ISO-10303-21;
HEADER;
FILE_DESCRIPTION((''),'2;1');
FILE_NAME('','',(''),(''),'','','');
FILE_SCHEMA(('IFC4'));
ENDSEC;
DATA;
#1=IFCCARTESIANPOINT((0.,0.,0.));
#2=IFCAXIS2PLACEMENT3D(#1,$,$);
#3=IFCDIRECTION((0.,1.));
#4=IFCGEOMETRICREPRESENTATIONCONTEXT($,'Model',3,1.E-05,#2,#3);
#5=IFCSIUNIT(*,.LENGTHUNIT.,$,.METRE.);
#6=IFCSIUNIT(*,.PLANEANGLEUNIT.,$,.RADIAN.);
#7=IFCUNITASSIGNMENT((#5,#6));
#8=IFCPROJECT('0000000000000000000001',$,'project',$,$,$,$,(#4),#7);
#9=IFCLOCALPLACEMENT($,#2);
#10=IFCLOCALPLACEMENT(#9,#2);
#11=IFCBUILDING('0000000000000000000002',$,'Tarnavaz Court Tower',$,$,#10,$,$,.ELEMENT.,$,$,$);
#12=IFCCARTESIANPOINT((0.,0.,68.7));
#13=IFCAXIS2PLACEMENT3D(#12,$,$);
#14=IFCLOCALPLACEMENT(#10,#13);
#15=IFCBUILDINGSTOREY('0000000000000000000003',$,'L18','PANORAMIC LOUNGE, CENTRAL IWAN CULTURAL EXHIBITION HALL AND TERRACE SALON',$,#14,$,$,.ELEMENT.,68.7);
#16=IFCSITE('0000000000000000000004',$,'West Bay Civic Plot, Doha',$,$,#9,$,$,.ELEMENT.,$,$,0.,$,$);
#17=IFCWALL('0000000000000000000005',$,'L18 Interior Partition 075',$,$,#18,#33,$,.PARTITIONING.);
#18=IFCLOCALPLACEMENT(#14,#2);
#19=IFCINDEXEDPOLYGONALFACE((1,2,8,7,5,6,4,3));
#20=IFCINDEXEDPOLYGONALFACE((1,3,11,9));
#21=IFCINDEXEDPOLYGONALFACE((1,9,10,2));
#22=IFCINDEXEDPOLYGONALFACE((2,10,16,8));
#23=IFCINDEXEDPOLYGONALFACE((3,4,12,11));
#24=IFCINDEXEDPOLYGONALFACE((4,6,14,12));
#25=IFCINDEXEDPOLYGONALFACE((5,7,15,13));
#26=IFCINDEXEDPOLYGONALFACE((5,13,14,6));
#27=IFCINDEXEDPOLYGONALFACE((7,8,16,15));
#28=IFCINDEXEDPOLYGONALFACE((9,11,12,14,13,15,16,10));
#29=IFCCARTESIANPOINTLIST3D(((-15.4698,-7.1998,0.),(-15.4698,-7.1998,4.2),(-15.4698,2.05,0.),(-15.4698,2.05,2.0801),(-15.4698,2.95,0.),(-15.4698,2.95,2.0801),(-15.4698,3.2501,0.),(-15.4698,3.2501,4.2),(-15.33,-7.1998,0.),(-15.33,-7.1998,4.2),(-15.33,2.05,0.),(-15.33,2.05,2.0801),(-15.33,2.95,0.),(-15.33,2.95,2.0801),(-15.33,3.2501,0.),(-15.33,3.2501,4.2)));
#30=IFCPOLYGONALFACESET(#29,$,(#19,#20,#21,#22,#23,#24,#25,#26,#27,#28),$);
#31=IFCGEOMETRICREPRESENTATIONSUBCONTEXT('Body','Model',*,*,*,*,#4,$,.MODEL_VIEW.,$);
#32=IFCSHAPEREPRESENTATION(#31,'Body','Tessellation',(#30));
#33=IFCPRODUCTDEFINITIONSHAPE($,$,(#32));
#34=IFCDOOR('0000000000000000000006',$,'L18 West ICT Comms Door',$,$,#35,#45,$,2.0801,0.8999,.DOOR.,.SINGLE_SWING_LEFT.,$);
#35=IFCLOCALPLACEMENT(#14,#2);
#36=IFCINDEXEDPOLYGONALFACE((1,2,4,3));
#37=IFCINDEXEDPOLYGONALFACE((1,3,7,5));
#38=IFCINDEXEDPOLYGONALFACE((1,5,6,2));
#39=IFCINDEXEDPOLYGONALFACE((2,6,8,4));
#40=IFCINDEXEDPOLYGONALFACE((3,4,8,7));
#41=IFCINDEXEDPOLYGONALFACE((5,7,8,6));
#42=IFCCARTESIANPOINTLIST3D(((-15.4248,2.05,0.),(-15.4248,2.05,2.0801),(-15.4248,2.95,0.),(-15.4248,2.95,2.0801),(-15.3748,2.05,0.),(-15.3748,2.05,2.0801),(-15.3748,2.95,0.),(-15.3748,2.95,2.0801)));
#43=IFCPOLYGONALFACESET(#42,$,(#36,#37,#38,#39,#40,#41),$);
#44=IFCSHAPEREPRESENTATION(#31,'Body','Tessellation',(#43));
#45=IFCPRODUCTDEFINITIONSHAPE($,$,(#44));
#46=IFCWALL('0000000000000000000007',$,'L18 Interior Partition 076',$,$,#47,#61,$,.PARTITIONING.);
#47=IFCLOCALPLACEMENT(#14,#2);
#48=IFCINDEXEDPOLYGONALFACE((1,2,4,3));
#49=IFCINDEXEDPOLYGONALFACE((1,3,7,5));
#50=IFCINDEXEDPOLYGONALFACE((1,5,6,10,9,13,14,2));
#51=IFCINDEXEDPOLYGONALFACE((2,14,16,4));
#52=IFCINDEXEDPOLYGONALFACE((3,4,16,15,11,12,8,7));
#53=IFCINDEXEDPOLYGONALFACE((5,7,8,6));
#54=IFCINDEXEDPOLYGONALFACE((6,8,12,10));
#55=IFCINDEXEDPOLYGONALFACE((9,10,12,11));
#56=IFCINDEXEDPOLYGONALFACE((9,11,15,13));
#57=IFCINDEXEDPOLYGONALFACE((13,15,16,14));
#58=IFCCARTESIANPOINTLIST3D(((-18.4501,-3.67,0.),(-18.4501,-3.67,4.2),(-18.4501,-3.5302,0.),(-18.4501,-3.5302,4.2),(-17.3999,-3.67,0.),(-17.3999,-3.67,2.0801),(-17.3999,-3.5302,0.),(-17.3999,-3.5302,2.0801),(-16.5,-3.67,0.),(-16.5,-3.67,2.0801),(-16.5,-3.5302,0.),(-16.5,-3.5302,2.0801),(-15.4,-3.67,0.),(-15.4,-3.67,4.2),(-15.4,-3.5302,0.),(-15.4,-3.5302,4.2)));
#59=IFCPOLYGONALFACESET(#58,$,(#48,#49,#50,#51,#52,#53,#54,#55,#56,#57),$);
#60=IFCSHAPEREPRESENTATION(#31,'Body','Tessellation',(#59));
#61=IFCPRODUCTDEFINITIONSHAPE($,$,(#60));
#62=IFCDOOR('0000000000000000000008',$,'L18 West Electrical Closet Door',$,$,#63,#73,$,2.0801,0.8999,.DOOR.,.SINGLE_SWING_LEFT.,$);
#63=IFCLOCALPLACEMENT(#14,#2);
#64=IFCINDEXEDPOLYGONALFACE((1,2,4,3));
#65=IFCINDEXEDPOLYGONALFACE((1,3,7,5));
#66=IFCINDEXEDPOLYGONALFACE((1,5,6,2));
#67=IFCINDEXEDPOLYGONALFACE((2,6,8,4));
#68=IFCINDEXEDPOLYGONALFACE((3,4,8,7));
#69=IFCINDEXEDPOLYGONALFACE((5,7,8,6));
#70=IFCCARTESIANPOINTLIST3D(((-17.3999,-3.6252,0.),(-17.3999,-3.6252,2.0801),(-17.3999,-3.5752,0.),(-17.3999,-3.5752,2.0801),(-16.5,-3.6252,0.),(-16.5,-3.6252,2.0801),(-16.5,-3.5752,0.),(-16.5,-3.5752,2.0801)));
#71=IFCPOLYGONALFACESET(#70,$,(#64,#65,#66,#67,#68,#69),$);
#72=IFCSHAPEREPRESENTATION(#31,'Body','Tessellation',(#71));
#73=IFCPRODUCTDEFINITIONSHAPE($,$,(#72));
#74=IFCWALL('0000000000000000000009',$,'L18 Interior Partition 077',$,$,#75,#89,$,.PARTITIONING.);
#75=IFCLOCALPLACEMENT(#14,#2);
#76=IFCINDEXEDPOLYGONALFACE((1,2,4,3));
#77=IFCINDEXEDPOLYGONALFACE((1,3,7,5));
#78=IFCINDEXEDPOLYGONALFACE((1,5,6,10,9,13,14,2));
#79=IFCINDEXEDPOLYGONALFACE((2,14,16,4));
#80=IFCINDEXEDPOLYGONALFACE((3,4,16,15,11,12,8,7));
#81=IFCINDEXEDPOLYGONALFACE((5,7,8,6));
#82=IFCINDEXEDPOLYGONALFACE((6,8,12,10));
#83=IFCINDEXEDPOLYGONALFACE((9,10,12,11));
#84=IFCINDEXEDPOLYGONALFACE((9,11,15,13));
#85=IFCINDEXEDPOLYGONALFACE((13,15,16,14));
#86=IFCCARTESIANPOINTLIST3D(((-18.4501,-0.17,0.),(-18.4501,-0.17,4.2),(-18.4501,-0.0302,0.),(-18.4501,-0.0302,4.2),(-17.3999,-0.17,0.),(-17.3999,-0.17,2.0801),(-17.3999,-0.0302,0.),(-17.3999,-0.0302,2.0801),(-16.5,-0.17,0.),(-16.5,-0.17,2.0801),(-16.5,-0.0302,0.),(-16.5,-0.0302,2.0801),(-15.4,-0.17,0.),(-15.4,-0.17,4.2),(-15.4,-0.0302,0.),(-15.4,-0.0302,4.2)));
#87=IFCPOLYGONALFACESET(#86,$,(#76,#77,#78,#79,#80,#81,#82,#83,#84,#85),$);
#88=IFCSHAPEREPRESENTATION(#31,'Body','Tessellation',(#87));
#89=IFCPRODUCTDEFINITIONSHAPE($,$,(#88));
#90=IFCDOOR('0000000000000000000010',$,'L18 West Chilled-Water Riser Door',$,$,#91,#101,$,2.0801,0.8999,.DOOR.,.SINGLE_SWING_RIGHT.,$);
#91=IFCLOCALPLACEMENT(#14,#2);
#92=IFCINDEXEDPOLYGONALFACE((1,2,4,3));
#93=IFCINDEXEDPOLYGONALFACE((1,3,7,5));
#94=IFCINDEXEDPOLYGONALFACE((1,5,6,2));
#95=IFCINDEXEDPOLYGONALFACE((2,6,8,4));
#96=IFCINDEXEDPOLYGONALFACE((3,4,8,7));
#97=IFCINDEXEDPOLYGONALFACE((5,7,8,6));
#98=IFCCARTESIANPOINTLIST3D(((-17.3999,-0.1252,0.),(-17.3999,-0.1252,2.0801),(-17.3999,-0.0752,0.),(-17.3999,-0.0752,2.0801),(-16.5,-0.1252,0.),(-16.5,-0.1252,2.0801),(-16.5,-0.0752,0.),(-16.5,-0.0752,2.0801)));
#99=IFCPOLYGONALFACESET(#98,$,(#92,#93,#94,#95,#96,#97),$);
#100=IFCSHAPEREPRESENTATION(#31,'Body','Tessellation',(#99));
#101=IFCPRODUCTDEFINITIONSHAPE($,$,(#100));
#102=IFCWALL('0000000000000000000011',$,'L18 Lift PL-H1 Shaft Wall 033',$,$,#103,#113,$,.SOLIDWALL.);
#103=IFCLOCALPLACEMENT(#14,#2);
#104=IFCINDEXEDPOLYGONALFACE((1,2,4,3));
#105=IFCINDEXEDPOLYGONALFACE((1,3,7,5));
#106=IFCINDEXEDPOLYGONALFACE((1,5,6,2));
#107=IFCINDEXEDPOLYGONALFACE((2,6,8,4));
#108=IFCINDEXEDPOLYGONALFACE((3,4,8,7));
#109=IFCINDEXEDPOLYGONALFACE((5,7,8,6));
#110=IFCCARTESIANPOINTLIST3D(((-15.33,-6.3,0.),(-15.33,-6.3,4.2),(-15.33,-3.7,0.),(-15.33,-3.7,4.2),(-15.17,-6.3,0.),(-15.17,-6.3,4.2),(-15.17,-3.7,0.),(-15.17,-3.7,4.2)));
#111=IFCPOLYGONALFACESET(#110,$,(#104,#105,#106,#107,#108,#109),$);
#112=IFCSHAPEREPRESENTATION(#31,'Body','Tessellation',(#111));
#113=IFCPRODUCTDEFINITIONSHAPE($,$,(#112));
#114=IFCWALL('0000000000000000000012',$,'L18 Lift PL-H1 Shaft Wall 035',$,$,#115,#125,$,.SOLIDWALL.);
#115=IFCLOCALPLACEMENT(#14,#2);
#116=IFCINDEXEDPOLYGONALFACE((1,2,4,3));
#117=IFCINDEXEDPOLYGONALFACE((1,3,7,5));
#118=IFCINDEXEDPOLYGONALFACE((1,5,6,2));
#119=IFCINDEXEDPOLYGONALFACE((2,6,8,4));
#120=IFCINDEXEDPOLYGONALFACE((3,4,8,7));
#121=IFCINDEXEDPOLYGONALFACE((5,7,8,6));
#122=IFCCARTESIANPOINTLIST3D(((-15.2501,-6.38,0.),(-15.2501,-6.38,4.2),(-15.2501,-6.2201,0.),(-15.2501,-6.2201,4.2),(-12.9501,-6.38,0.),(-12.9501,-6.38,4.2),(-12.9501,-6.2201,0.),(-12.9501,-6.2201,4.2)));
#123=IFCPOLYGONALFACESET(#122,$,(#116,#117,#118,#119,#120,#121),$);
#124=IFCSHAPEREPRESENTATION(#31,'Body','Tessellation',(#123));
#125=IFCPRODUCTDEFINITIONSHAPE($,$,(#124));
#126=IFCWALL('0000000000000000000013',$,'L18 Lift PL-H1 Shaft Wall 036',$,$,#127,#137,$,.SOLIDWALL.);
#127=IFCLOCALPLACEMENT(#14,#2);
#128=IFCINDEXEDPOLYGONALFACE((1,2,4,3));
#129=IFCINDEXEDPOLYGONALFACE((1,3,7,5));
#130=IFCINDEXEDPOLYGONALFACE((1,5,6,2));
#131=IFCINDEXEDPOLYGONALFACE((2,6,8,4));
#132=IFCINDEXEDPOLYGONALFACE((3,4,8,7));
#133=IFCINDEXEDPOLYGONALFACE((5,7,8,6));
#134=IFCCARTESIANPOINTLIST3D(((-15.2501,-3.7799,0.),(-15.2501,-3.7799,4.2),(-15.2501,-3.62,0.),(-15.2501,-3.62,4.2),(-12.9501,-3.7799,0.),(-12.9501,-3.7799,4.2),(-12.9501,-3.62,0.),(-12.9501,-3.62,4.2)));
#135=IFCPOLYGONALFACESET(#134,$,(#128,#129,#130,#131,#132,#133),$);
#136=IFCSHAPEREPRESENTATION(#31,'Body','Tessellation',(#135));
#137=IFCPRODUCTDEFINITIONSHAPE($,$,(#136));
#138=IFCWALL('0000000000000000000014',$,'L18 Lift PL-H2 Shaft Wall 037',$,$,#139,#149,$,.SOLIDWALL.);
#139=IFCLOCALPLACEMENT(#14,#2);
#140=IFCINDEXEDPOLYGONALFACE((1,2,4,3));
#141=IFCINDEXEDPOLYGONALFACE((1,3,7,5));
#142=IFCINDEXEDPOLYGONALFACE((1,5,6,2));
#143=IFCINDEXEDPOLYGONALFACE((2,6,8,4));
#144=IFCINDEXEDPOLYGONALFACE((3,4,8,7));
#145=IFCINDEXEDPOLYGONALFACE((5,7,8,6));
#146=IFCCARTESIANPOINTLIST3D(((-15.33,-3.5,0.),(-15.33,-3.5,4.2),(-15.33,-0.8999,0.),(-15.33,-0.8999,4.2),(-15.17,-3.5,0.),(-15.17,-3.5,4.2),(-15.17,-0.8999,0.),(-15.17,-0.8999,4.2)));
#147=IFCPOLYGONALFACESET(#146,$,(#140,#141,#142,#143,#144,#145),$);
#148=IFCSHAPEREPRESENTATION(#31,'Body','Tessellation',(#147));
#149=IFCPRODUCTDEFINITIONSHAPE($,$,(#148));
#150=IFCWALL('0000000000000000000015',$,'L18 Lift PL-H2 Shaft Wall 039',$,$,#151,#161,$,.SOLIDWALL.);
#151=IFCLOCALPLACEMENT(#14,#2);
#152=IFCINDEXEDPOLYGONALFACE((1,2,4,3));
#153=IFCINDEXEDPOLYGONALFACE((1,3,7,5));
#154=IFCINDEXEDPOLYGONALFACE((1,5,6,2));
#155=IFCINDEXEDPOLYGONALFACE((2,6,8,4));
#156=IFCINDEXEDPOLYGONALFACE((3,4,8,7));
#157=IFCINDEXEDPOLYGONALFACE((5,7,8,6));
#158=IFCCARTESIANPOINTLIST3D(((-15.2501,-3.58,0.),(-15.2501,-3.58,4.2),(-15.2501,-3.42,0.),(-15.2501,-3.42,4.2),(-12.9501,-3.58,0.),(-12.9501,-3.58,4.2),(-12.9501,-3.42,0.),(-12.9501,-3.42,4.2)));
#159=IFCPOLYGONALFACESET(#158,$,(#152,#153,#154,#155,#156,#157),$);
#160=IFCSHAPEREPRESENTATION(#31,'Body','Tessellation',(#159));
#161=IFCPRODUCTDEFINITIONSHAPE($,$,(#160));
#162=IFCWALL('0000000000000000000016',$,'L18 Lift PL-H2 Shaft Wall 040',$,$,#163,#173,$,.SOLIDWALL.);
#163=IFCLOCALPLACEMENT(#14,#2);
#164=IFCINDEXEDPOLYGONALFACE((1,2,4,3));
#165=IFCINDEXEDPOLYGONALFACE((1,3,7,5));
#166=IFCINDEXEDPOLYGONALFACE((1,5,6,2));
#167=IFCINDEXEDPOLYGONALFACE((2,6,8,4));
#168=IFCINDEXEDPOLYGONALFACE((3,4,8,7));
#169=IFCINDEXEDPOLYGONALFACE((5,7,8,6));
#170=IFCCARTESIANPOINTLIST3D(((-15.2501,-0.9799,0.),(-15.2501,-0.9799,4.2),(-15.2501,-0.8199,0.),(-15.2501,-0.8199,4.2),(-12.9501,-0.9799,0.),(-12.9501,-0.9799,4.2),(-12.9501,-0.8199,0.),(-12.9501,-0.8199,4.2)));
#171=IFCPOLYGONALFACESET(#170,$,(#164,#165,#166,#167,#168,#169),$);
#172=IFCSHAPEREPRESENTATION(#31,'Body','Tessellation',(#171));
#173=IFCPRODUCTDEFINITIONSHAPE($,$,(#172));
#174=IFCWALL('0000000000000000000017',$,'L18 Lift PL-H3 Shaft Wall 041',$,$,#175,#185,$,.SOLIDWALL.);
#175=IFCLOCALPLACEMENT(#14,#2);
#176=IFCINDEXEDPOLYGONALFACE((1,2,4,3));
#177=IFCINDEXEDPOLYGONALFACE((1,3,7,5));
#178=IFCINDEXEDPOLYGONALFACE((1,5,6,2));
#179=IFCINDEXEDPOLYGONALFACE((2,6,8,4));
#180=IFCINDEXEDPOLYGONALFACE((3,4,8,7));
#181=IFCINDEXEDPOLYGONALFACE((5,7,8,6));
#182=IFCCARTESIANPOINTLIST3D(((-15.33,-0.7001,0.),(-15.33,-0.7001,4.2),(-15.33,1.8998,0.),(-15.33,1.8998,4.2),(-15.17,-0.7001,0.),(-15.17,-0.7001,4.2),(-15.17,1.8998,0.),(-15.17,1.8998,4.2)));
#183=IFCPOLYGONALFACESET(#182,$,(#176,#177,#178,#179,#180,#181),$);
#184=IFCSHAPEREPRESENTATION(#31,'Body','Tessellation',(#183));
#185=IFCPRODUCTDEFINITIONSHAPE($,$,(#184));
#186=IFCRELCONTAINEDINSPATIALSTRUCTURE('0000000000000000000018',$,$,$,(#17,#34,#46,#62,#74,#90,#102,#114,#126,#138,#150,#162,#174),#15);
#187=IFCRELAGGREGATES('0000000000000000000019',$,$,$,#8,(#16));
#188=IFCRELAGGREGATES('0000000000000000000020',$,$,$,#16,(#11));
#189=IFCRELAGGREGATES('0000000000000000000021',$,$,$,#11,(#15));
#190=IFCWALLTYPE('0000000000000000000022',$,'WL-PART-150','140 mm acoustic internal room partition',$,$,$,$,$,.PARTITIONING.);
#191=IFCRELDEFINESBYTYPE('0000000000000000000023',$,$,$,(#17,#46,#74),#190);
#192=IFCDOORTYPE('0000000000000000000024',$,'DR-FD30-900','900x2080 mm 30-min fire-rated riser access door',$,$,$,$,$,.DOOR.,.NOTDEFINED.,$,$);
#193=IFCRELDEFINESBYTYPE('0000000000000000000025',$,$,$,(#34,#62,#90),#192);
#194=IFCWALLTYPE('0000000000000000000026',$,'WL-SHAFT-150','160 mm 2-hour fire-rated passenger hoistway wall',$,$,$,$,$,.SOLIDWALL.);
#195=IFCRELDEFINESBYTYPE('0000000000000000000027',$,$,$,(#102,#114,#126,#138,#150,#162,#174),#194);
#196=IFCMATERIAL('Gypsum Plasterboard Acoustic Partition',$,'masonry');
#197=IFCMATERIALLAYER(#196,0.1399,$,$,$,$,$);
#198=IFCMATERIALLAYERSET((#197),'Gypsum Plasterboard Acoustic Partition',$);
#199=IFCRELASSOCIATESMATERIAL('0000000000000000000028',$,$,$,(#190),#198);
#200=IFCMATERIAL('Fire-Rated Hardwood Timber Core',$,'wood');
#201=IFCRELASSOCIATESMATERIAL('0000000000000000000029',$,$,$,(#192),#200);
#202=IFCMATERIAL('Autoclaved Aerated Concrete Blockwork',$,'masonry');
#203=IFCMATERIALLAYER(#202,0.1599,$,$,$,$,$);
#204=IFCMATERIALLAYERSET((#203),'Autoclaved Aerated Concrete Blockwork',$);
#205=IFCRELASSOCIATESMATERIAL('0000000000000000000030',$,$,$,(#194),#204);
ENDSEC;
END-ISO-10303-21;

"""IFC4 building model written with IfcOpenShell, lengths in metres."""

from ifc_helpers import new_model, si_unit, direction, frame, frame_2d, origin, place, context, subcontext, project, spatial, rectangle, extrude, material, layer, layer_set, type_object, element, fill, save


model = new_model("IFC4")

# Units and contexts
model_context = context("Model", 3, precision=1e-05, world=origin(), true_north=direction((0.0, 1.0)))
body_context = subcontext(model_context, "Body", "Model", "MODEL_VIEW")
ifc_project = project(units=[si_unit("LENGTHUNIT", "METRE"), si_unit("PLANEANGLEUNIT", "RADIAN")], contexts=[model_context])

# Site, building, storey
site_placement = place(None, origin())
site = spatial("IfcSite", under=ifc_project, at=site_placement, Name="West Bay Civic Plot, Doha", CompositionType="ELEMENT", RefElevation=0.0)
building_placement = place(site_placement, origin())
building = spatial("IfcBuilding", under=site, at=building_placement, Name="Tarnavaz Court Tower", CompositionType="ELEMENT")
storey_placement = place(building_placement, frame((0.0, 0.0, 68.7)))
storey = spatial("IfcBuildingStorey", under=building, at=storey_placement, Name="L18", Description="PANORAMIC LOUNGE, CENTRAL IWAN CULTURAL EXHIBITION HALL AND TERRACE SALON", CompositionType="ELEMENT", Elevation=68.7)

# Walls, openings, doors
ifc_material_1 = material(Name="Gypsum Plasterboard Acoustic Partition", Category="masonry")
ifc_layer_1 = layer(ifc_material_1, 0.1399)
ifc_layer_set_1 = layer_set([ifc_layer_1], Name="Gypsum Plasterboard Acoustic Partition")
wall_type_1 = type_object("IfcWallType", Name="WL-PART-150", Description="140 mm acoustic internal room partition", PredefinedType="PARTITIONING", material=ifc_layer_set_1)
wall_1_placement = place(storey_placement, frame((-15.3999, -7.2, 0.0), z_axis=(0.0, 0.0, 1.0), x_axis=(0.0, 1.0, 0.0)))
wall_1 = element("IfcWall", 1, at=wall_1_placement, inside=storey, type_object=wall_type_1, Name="L18 Interior Partition 075", PredefinedType="PARTITIONING", context=body_context, shape_type="SweptSolid", body=[
    extrude(rectangle(XDim=10.45, YDim=0.1399, at=frame_2d((5.2251, 0.0))), origin(), (0.0, 0.0, 1.0), 4.2),
])
opening_1_placement = place(wall_1_placement, frame((9.25, 0.0, 0.0)))
opening_1 = element("IfcOpeningElement", 2, at=opening_1_placement, cuts=wall_1, PredefinedType="OPENING", context=body_context, shape_type="SweptSolid", body=[
    extrude(rectangle(XDim=0.8999, YDim=2.0801, at=frame_2d((0.45, 1.04))), frame((0.0, 0.0798, 0.0), z_axis=(0.0, -1.0, 0.0), x_axis=(1.0, 0.0, 0.0)), (0.0, 0.0, 1.0), 0.1599),
])
ifc_material_2 = material(Name="Fire-Rated Hardwood Timber Core", Category="wood")
door_type = type_object("IfcDoorType", Name="DR-FD30-900", Description="900x2080 mm 30-min fire-rated riser access door", OperationType="NOTDEFINED", PredefinedType="DOOR", material=ifc_material_2)
door_1_placement = place(opening_1_placement, origin())
door_1 = element("IfcDoor", 3, at=door_1_placement, inside=storey, type_object=door_type, Name="L18 West ICT Comms Door", OperationType="SINGLE_SWING_LEFT", OverallHeight=2.0801, OverallWidth=0.8999, PredefinedType="DOOR", context=body_context, shape_type="SweptSolid", body=[
    extrude(rectangle(XDim=0.8999, YDim=2.0801, at=frame_2d((0.45, 1.04))), frame((0.0, 0.0249, 0.0), z_axis=(0.0, -1.0, 0.0), x_axis=(1.0, 0.0, 0.0)), (0.0, 0.0, 1.0), 0.05),
])
fill(opening_1, door_1)
wall_2_placement = place(storey_placement, frame((-18.45, -3.6001, 0.0), z_axis=(0.0, 0.0, 1.0), x_axis=(1.0, 0.0, 0.0)))
wall_2 = element("IfcWall", 4, at=wall_2_placement, inside=storey, type_object=wall_type_1, Name="L18 Interior Partition 076", PredefinedType="PARTITIONING", context=body_context, shape_type="SweptSolid", body=[
    extrude(rectangle(XDim=3.05, YDim=0.1399, at=frame_2d((1.5249, 0.0))), origin(), (0.0, 0.0, 1.0), 4.2),
])
opening_2_placement = place(wall_2_placement, frame((1.05, 0.0, 0.0)))
opening_2 = element("IfcOpeningElement", 5, at=opening_2_placement, cuts=wall_2, PredefinedType="OPENING", context=body_context, shape_type="SweptSolid", body=[
    extrude(rectangle(XDim=0.8999, YDim=2.0801, at=frame_2d((0.45, 1.04))), frame((0.0, 0.0798, 0.0), z_axis=(0.0, -1.0, 0.0), x_axis=(1.0, 0.0, 0.0)), (0.0, 0.0, 1.0), 0.1599),
])
door_2_placement = place(opening_2_placement, origin())
door_2 = element("IfcDoor", 6, at=door_2_placement, inside=storey, type_object=door_type, Name="L18 West Electrical Closet Door", OperationType="SINGLE_SWING_LEFT", OverallHeight=2.0801, OverallWidth=0.8999, PredefinedType="DOOR", context=body_context, shape_type="SweptSolid", body=[
    extrude(rectangle(XDim=0.8999, YDim=2.0801, at=frame_2d((0.45, 1.04))), frame((0.0, 0.0249, 0.0), z_axis=(0.0, -1.0, 0.0), x_axis=(1.0, 0.0, 0.0)), (0.0, 0.0, 1.0), 0.05),
])
fill(opening_2, door_2)
wall_3_placement = place(storey_placement, frame((-18.45, -0.1001, 0.0), z_axis=(0.0, 0.0, 1.0), x_axis=(1.0, 0.0, 0.0)))
wall_3 = element("IfcWall", 7, at=wall_3_placement, inside=storey, type_object=wall_type_1, Name="L18 Interior Partition 077", PredefinedType="PARTITIONING", context=body_context, shape_type="SweptSolid", body=[
    extrude(rectangle(XDim=3.05, YDim=0.1399, at=frame_2d((1.5249, 0.0))), origin(), (0.0, 0.0, 1.0), 4.2),
])
opening_3_placement = place(wall_3_placement, frame((1.05, 0.0, 0.0)))
opening_3 = element("IfcOpeningElement", 8, at=opening_3_placement, cuts=wall_3, PredefinedType="OPENING", context=body_context, shape_type="SweptSolid", body=[
    extrude(rectangle(XDim=0.8999, YDim=2.0801, at=frame_2d((0.45, 1.04))), frame((0.0, 0.0798, 0.0), z_axis=(0.0, -1.0, 0.0), x_axis=(1.0, 0.0, 0.0)), (0.0, 0.0, 1.0), 0.1599),
])
door_3_placement = place(opening_3_placement, origin())
door_3 = element("IfcDoor", 9, at=door_3_placement, inside=storey, type_object=door_type, Name="L18 West Chilled-Water Riser Door", OperationType="SINGLE_SWING_RIGHT", OverallHeight=2.0801, OverallWidth=0.8999, PredefinedType="DOOR", context=body_context, shape_type="SweptSolid", body=[
    extrude(rectangle(XDim=0.8999, YDim=2.0801, at=frame_2d((0.45, 1.04))), frame((0.0, 0.0249, 0.0), z_axis=(0.0, -1.0, 0.0), x_axis=(1.0, 0.0, 0.0)), (0.0, 0.0, 1.0), 0.05),
])
fill(opening_3, door_3)

# Walls
ifc_material_3 = material(Name="Autoclaved Aerated Concrete Blockwork", Category="masonry")
ifc_layer_2 = layer(ifc_material_3, 0.1599)
ifc_layer_set_2 = layer_set([ifc_layer_2], Name="Autoclaved Aerated Concrete Blockwork")
wall_type_2 = type_object("IfcWallType", Name="WL-SHAFT-150", Description="160 mm 2-hour fire-rated passenger hoistway wall", PredefinedType="SOLIDWALL", material=ifc_layer_set_2)
wall_4_placement = place(storey_placement, frame((-15.25, -6.3, 0.0), z_axis=(0.0, 0.0, 1.0), x_axis=(0.0, 1.0, 0.0)))
element("IfcWall", 10, at=wall_4_placement, inside=storey, type_object=wall_type_2, Name="L18 Lift PL-H1 Shaft Wall 033", PredefinedType="SOLIDWALL", context=body_context, shape_type="SweptSolid", body=[
    extrude(rectangle(XDim=2.6001, YDim=0.1599, at=frame_2d((1.3, 0.0))), origin(), (0.0, 0.0, 1.0), 4.2),
])
for number, where, z_axis, x_axis, name in (
    (11, (-15.25, -6.3, 0.0), (0.0, 0.0, 1.0), (1.0, 0.0, 0.0), "L18 Lift PL-H1 Shaft Wall 035"),
    (12, (-15.25, -3.7, 0.0), (0.0, 0.0, 1.0), (1.0, 0.0, 0.0), "L18 Lift PL-H1 Shaft Wall 036"),
):
    element("IfcWall", number, at=place(storey_placement, frame(where, z_axis=z_axis, x_axis=x_axis)), inside=storey, type_object=wall_type_2, Name=name, PredefinedType="SOLIDWALL", context=body_context, shape_type="SweptSolid", body=[
        extrude(rectangle(XDim=2.3, YDim=0.1599, at=frame_2d((1.1499, 0.0))), origin(), (0.0, 0.0, 1.0), 4.2),
    ])
wall_5_placement = place(storey_placement, frame((-15.25, -3.5, 0.0), z_axis=(0.0, 0.0, 1.0), x_axis=(0.0, 1.0, 0.0)))
element("IfcWall", 13, at=wall_5_placement, inside=storey, type_object=wall_type_2, Name="L18 Lift PL-H2 Shaft Wall 037", PredefinedType="SOLIDWALL", context=body_context, shape_type="SweptSolid", body=[
    extrude(rectangle(XDim=2.6001, YDim=0.1599, at=frame_2d((1.3, 0.0))), origin(), (0.0, 0.0, 1.0), 4.2),
])
for number, where, z_axis, x_axis, name in (
    (14, (-15.25, -3.5, 0.0), (0.0, 0.0, 1.0), (1.0, 0.0, 0.0), "L18 Lift PL-H2 Shaft Wall 039"),
    (15, (-15.25, -0.8999, 0.0), (0.0, 0.0, 1.0), (1.0, 0.0, 0.0), "L18 Lift PL-H2 Shaft Wall 040"),
):
    element("IfcWall", number, at=place(storey_placement, frame(where, z_axis=z_axis, x_axis=x_axis)), inside=storey, type_object=wall_type_2, Name=name, PredefinedType="SOLIDWALL", context=body_context, shape_type="SweptSolid", body=[
        extrude(rectangle(XDim=2.3, YDim=0.1599, at=frame_2d((1.1499, 0.0))), origin(), (0.0, 0.0, 1.0), 4.2),
    ])
wall_6_placement = place(storey_placement, frame((-15.25, -0.7, 0.0), z_axis=(0.0, 0.0, 1.0), x_axis=(0.0, 1.0, 0.0)))
element("IfcWall", 16, at=wall_6_placement, inside=storey, type_object=wall_type_2, Name="L18 Lift PL-H3 Shaft Wall 041", PredefinedType="SOLIDWALL", context=body_context, shape_type="SweptSolid", body=[
    extrude(rectangle(XDim=2.5999, YDim=0.1599, at=frame_2d((1.2998, 0.0))), origin(), (0.0, 0.0, 1.0), 4.2),
])

save(model, "model.ifc")
